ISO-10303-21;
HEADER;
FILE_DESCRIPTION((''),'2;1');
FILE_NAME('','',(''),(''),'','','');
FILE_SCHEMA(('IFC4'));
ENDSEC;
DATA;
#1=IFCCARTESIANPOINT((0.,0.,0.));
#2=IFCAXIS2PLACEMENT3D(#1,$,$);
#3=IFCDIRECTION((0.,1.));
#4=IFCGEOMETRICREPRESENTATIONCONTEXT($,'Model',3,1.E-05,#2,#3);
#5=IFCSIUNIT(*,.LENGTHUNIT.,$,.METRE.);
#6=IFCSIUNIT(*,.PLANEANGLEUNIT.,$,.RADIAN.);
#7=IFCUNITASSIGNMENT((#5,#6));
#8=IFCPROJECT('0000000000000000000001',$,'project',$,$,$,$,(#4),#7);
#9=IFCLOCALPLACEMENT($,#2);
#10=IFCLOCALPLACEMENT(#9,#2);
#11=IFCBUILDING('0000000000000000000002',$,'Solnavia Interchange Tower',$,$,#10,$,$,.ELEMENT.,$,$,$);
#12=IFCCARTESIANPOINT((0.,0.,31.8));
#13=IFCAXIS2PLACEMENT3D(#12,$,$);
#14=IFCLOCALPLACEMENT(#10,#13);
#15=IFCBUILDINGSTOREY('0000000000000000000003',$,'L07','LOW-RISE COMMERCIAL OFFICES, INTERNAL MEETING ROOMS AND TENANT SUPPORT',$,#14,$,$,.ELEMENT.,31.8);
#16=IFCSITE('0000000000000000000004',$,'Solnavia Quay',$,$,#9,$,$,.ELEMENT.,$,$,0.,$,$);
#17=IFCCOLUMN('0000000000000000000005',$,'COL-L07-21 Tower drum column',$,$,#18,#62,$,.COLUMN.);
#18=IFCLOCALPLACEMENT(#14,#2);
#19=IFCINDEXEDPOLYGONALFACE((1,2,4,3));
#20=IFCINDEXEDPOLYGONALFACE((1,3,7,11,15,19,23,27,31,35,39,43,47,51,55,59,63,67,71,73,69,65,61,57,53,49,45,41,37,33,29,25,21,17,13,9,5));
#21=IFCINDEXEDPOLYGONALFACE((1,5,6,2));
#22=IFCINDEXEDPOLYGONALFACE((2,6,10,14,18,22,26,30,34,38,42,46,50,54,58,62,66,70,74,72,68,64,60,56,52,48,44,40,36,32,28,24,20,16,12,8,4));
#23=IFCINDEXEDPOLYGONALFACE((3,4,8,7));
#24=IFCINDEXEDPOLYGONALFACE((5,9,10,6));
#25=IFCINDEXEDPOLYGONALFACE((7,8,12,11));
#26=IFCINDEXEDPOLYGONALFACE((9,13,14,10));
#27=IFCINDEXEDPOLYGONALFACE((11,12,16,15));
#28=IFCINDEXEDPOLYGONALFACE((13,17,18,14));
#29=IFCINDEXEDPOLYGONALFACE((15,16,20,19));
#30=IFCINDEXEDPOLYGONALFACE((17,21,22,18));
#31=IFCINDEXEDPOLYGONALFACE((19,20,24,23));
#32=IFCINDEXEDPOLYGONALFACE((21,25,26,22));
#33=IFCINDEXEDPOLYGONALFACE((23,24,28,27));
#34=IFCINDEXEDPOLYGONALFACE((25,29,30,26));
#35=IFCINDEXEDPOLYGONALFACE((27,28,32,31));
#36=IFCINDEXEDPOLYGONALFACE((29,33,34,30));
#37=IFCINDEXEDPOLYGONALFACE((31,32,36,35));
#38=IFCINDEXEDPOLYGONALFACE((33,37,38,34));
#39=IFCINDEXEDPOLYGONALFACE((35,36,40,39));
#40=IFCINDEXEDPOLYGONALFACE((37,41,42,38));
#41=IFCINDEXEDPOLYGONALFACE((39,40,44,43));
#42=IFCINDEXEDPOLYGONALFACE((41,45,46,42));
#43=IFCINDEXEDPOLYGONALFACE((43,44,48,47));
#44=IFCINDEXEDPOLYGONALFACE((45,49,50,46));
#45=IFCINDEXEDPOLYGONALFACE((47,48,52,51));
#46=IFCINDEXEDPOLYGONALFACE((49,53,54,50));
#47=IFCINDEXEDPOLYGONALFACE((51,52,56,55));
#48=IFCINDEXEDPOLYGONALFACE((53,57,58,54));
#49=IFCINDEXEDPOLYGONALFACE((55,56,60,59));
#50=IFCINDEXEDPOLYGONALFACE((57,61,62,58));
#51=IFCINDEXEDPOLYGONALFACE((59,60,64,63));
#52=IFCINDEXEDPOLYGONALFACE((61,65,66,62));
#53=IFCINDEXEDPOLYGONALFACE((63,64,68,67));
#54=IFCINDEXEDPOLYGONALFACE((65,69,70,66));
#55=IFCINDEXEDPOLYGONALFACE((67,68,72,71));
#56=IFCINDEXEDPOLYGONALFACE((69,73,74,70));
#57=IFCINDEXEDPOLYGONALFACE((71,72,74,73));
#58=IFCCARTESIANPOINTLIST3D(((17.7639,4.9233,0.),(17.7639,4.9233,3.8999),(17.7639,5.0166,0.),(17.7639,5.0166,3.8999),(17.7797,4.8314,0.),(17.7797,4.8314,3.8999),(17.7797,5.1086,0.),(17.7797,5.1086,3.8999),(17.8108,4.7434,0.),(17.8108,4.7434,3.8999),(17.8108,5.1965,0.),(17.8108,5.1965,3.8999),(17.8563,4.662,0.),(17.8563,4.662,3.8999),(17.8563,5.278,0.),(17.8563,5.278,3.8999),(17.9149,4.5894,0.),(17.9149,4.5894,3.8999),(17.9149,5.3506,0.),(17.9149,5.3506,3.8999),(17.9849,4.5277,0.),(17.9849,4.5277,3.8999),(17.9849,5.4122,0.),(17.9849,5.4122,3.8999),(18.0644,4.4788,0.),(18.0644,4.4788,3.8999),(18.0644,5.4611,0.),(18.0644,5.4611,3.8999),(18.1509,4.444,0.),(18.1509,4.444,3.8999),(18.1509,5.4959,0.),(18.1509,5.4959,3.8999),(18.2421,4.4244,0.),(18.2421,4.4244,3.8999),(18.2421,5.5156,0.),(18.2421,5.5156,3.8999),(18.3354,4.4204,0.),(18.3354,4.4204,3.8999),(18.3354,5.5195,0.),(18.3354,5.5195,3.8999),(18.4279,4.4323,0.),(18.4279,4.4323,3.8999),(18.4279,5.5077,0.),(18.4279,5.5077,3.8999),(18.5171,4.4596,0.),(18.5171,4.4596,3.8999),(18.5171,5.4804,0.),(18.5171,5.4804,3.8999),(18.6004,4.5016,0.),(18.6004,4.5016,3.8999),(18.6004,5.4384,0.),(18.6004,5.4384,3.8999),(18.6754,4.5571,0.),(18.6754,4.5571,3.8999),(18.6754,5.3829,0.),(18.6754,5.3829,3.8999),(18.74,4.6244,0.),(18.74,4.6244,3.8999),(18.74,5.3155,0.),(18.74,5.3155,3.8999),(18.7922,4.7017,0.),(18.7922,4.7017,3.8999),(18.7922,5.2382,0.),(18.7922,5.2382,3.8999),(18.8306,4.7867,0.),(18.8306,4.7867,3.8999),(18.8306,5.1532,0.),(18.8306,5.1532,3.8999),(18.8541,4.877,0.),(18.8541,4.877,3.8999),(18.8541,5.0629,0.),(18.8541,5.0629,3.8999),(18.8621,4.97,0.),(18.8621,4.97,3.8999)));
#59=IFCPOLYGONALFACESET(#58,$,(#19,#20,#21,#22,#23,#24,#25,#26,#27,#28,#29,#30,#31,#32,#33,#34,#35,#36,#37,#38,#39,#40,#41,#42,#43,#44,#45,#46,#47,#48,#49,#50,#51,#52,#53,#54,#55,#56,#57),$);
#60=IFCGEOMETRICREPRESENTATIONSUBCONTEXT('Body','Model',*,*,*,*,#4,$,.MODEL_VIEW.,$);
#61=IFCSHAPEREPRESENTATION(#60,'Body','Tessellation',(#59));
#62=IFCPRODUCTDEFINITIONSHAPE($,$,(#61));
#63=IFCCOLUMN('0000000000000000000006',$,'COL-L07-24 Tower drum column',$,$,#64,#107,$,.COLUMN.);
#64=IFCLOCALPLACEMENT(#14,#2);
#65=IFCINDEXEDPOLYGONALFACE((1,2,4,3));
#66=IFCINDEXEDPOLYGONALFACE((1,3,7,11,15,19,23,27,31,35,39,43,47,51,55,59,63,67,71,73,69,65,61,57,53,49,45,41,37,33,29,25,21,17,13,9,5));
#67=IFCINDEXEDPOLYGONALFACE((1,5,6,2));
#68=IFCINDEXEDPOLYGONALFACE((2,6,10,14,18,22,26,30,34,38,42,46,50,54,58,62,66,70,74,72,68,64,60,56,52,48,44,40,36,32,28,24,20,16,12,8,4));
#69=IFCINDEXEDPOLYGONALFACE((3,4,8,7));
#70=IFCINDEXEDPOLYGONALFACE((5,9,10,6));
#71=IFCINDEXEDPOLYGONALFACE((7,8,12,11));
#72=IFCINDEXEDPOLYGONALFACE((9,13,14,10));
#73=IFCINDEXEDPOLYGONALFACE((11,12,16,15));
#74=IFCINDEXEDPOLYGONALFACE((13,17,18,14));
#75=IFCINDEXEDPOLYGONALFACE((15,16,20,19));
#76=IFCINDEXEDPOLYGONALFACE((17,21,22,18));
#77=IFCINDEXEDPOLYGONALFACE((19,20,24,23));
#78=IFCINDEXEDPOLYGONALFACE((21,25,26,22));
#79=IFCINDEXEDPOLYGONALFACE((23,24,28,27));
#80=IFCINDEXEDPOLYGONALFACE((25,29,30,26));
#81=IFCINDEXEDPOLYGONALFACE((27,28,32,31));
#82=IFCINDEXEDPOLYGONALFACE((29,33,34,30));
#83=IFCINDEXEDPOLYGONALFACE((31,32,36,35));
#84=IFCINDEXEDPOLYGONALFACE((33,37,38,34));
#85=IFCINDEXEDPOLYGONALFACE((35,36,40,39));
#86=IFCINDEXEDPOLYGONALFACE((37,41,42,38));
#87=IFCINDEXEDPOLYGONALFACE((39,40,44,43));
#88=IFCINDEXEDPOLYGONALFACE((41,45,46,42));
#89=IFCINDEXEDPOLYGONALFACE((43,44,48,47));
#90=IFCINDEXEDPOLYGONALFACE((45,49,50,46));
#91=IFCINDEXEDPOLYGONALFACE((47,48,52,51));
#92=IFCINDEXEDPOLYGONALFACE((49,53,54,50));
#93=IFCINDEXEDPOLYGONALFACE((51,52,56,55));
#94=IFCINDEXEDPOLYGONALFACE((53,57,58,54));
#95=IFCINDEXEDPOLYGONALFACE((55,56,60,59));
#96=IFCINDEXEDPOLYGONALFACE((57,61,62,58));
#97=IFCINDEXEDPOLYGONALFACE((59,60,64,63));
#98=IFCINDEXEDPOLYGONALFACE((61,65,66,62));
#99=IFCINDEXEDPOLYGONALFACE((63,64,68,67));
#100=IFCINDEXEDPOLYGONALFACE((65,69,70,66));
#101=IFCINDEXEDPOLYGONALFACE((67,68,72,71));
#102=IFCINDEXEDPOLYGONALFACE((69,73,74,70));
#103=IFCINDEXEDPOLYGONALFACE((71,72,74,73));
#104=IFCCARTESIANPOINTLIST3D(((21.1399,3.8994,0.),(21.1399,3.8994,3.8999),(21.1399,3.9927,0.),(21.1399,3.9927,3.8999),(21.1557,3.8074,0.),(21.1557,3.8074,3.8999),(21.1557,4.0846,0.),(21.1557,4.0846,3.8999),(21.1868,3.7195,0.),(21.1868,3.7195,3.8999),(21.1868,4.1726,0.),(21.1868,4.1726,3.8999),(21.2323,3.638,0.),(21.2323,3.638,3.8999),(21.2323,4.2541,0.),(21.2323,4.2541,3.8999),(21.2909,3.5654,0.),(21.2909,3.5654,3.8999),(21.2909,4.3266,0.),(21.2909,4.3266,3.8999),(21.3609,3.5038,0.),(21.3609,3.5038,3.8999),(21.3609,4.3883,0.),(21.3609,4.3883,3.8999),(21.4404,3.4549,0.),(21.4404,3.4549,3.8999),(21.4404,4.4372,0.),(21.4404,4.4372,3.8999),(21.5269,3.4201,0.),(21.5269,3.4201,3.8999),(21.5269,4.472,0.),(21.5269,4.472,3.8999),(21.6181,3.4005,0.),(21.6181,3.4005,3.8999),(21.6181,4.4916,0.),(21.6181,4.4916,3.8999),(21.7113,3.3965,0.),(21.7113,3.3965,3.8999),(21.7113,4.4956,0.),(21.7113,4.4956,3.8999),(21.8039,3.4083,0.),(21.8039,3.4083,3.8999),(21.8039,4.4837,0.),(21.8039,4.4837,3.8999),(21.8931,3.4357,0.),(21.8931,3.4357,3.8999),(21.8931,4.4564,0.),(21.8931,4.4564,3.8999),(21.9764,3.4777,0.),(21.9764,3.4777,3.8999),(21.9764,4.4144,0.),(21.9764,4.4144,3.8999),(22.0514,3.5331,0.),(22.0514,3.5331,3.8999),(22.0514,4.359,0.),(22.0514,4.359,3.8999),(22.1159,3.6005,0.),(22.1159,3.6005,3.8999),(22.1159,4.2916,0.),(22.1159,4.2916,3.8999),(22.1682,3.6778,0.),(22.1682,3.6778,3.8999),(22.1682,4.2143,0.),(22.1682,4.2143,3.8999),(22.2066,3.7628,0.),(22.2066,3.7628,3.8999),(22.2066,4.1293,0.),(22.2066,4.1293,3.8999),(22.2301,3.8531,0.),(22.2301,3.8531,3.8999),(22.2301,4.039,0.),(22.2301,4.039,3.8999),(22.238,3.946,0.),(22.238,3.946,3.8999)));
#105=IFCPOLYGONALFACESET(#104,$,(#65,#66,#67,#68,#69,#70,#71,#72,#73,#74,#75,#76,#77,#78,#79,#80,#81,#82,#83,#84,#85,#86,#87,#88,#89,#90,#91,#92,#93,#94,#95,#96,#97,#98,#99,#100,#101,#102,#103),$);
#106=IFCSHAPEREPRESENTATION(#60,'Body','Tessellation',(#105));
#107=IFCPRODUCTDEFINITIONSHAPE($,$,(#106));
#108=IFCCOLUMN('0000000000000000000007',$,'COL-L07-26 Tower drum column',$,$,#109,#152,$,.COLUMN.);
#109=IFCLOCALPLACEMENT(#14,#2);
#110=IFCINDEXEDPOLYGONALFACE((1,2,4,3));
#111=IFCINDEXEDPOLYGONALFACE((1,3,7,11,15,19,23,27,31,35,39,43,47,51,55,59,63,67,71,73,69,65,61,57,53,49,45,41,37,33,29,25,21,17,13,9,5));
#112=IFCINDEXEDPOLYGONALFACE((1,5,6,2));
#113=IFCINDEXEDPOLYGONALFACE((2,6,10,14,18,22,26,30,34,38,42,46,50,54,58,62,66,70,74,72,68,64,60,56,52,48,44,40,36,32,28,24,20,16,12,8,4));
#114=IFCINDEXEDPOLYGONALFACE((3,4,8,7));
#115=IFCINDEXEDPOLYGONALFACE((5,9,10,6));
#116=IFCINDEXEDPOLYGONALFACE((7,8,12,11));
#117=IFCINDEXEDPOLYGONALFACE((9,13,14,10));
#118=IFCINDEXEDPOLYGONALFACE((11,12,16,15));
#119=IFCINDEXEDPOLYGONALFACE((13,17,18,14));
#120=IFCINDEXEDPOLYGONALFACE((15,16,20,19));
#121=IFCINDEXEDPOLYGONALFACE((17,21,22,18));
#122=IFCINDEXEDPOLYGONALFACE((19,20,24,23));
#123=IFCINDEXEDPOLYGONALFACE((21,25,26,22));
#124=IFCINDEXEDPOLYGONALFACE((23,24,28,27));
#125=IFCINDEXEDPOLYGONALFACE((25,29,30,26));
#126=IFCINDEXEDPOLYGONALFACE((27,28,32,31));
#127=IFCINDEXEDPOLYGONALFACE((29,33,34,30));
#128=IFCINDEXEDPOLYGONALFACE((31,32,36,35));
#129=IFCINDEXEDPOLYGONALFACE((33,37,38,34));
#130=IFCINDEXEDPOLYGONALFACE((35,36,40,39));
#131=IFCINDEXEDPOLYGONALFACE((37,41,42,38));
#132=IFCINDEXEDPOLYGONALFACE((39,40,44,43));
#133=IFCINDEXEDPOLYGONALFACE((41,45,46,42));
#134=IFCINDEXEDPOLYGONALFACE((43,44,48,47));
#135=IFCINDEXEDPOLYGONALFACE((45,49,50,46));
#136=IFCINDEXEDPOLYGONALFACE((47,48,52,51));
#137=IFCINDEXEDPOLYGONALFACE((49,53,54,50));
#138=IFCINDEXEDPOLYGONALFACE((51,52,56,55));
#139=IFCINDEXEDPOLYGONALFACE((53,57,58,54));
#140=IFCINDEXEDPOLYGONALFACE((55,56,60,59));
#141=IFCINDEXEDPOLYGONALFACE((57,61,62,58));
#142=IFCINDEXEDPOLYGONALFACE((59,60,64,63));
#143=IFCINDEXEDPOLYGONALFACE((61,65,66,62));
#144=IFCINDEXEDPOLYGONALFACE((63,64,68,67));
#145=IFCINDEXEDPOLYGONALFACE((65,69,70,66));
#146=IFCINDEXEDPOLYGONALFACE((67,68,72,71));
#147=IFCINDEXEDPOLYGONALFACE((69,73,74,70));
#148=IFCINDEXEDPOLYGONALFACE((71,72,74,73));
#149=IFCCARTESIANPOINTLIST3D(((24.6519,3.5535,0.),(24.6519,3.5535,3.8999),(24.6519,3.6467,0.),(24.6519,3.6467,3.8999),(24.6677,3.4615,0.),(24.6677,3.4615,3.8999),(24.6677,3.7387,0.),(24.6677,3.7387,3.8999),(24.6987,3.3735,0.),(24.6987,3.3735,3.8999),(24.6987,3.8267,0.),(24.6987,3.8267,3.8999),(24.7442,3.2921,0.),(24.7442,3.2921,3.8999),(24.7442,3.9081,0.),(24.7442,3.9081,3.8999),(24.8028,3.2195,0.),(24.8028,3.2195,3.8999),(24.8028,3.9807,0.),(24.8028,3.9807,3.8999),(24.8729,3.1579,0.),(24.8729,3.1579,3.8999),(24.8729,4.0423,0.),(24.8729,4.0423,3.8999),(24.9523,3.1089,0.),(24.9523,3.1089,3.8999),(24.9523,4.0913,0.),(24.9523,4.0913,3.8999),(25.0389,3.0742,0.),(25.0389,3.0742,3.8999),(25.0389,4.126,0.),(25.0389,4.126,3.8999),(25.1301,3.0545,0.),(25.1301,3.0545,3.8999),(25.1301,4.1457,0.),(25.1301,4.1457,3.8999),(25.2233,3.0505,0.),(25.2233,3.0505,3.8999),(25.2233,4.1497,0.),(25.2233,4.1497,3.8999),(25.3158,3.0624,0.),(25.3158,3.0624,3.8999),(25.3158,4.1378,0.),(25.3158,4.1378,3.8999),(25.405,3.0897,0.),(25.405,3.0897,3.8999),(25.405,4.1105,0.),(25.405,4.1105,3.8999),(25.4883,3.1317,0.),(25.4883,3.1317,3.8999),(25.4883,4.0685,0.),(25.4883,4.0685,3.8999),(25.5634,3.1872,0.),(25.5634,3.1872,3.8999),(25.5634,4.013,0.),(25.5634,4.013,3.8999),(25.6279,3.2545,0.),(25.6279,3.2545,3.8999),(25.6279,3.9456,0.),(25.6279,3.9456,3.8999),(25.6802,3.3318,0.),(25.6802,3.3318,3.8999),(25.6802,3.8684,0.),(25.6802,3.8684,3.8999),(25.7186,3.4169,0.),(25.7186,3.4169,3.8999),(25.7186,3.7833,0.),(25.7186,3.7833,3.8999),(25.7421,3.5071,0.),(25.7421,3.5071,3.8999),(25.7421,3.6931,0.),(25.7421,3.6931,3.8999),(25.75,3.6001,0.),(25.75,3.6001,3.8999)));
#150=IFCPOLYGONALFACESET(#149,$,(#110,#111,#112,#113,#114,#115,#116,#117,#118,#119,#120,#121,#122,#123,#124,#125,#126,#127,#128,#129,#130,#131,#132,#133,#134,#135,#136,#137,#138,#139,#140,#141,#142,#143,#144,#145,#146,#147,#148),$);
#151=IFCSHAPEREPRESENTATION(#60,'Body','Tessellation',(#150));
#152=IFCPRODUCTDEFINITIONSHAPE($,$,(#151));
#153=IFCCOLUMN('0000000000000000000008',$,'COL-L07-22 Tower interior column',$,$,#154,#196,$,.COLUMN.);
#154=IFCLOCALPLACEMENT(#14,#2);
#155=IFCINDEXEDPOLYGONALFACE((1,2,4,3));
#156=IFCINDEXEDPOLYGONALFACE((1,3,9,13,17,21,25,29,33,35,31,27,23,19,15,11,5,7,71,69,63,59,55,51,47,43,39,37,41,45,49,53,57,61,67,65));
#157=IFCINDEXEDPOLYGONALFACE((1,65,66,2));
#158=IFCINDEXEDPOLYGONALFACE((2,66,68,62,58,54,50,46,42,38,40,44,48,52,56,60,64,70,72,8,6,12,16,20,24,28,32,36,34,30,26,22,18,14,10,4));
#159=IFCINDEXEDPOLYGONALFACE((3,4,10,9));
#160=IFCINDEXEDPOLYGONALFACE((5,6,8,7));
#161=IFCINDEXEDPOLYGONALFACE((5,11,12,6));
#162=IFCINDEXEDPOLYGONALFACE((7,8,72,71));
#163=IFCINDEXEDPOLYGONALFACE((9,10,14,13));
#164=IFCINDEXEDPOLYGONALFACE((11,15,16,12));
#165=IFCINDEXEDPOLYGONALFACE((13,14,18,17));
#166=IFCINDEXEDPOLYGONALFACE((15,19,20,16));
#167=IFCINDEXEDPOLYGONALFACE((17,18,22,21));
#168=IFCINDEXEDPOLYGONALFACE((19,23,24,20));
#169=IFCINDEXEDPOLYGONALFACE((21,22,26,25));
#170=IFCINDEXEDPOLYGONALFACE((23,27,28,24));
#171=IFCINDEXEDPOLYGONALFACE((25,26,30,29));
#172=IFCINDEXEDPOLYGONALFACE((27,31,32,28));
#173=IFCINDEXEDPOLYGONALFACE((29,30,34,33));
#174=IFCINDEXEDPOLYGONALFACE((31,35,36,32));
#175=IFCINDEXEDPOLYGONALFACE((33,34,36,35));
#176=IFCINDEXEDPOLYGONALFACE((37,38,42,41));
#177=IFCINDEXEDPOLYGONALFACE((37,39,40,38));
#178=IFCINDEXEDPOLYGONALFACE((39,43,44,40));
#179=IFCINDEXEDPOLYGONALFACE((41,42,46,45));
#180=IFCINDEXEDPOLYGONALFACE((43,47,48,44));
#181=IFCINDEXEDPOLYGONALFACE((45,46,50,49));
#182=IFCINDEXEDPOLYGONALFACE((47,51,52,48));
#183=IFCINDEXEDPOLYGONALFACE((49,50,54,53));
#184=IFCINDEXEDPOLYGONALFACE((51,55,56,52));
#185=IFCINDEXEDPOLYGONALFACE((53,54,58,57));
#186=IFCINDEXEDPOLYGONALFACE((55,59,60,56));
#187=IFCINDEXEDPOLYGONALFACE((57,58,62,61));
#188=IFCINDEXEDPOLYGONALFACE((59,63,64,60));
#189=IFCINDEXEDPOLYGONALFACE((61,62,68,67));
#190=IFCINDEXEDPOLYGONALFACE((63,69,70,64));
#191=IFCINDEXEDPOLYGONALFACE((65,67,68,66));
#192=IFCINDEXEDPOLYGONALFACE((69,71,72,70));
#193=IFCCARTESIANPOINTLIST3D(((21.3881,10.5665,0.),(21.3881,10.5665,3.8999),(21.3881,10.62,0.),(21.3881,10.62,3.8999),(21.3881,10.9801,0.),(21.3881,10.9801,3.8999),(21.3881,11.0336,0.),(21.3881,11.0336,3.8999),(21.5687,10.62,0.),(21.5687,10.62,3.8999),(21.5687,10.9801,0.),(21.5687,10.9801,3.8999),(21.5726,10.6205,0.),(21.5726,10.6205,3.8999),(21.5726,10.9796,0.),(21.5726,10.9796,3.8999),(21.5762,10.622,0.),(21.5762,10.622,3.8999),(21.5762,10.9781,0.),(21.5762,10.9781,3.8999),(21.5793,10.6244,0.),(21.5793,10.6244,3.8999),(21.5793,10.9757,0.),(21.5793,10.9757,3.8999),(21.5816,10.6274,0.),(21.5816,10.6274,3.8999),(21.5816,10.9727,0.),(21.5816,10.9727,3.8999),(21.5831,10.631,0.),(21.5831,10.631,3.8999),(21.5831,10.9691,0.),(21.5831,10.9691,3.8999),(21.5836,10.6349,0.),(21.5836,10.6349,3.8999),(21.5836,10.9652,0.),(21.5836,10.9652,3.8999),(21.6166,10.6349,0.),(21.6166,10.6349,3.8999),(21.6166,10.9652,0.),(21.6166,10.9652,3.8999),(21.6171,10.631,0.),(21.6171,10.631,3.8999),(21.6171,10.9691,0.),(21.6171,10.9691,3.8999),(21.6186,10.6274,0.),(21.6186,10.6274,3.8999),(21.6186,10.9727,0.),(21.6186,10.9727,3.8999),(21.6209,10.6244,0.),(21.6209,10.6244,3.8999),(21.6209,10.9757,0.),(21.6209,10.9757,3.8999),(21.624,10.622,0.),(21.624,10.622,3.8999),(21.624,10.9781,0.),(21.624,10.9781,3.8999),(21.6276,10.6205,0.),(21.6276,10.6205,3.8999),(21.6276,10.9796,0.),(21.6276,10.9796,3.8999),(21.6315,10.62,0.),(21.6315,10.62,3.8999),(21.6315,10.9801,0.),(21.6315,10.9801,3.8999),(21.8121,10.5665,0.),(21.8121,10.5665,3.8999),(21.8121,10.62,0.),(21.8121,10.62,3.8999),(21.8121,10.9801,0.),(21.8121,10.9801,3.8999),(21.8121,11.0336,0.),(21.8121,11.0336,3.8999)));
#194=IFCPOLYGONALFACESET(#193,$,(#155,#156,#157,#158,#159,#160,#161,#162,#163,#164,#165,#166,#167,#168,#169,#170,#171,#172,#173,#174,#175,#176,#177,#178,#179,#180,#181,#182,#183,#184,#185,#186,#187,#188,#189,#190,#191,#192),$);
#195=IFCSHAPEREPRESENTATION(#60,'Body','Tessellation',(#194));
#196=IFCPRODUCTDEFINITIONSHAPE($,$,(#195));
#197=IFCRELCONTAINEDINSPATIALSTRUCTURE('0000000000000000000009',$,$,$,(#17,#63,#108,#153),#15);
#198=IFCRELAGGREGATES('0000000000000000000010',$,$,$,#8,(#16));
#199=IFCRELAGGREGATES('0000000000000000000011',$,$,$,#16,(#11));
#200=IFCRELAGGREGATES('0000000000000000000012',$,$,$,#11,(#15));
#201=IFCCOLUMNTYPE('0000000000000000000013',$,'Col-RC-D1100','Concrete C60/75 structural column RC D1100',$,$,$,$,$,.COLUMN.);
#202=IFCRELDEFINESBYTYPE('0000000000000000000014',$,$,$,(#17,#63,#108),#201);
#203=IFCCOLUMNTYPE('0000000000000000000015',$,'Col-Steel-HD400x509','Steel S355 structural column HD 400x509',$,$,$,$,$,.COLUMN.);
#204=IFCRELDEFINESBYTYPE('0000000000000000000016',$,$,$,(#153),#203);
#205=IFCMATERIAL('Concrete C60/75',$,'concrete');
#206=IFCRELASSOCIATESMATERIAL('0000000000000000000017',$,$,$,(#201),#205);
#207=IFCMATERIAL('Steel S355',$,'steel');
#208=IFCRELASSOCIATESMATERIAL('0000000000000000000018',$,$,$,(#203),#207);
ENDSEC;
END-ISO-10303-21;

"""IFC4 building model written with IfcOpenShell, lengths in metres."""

from ifc_helpers import new_model, si_unit, direction, frame, origin, origin_2d, place, context, subcontext, project, spatial, circle, i_section, extrude, material, material_profile, profile_set, type_object, element, save


model = new_model("IFC4")

# Units and contexts
model_context = context("Model", 3, precision=1e-05, world=origin(), true_north=direction((0.0, 1.0)))
body_context = subcontext(model_context, "Body", "Model", "MODEL_VIEW")
ifc_project = project(units=[si_unit("LENGTHUNIT", "METRE"), si_unit("PLANEANGLEUNIT", "RADIAN")], contexts=[model_context])

# Site, building, storey
site_placement = place(None, origin())
site = spatial("IfcSite", under=ifc_project, at=site_placement, Name="Solnavia Quay", CompositionType="ELEMENT", RefElevation=0.0)
building_placement = place(site_placement, origin())
building = spatial("IfcBuilding", under=site, at=building_placement, Name="Solnavia Interchange Tower", CompositionType="ELEMENT")
storey_placement = place(building_placement, frame((0.0, 0.0, 31.8)))
storey = spatial("IfcBuildingStorey", under=building, at=storey_placement, Name="L07", Description="LOW-RISE COMMERCIAL OFFICES, INTERNAL MEETING ROOMS AND TENANT SUPPORT", CompositionType="ELEMENT", Elevation=31.8)

# Columns
ifc_material_1 = material(Name="Concrete C60/75", Category="concrete")
ifc_material_profile_1 = material_profile(ifc_material_1, circle(Radius=0.55, at=origin_2d()), Name="RC D1100")
ifc_profile_set_1 = profile_set([ifc_material_profile_1], Name="Concrete C60/75")
column_type_1 = type_object("IfcColumnType", Name="Col-RC-D1100", Description="Concrete C60/75 structural column RC D1100", PredefinedType="COLUMN", material=ifc_profile_set_1)
for number, where, z_axis, x_axis, name in (
    (1, (18.312, 4.97, 0.0), (0.0, 0.0, 1.0), (1.0, 0.0, 0.0), "COL-L07-21 Tower drum column"),
    (2, (21.688, 3.946, 0.0), (0.0, 0.0, 1.0), (1.0, 0.0, 0.0), "COL-L07-24 Tower drum column"),
    (3, (25.2, 3.6001, 0.0), (0.0, 0.0, 1.0), (1.0, 0.0, 0.0), "COL-L07-26 Tower drum column"),
):
    element("IfcColumn", number, at=place(storey_placement, frame(where, z_axis=z_axis, x_axis=x_axis)), inside=storey, type_object=column_type_1, Name=name, PredefinedType="COLUMN", context=body_context, shape_type="SweptSolid", body=[
        extrude(circle(Radius=0.55, at=origin_2d()), origin(), (0.0, 0.0, 1.0), 3.8999),
    ])
ifc_material_2 = material(Name="Steel S355", Category="steel")
ifc_material_profile_2 = material_profile(ifc_material_2, i_section(OverallWidth=0.4241, OverallDepth=0.467, WebThickness=0.033, FlangeThickness=0.0535, FilletRadius=0.0149, at=origin_2d()), Name="HD 400x509")
ifc_profile_set_2 = profile_set([ifc_material_profile_2], Name="Steel S355")
column_type_2 = type_object("IfcColumnType", Name="Col-Steel-HD400x509", Description="Steel S355 structural column HD 400x509", PredefinedType="COLUMN", material=ifc_profile_set_2)
column_placement = place(storey_placement, frame((21.6001, 10.8, 0.0), z_axis=(0.0, 0.0, 1.0), x_axis=(1.0, 0.0, 0.0)))
element("IfcColumn", 4, at=column_placement, inside=storey, type_object=column_type_2, Name="COL-L07-22 Tower interior column", PredefinedType="COLUMN", context=body_context, shape_type="SweptSolid", body=[
    extrude(i_section(OverallWidth=0.4241, OverallDepth=0.467, WebThickness=0.033, FlangeThickness=0.0535, FilletRadius=0.0149, at=origin_2d()), origin(), (0.0, 0.0, 1.0), 3.8999),
])

save(model, "model.ifc")
